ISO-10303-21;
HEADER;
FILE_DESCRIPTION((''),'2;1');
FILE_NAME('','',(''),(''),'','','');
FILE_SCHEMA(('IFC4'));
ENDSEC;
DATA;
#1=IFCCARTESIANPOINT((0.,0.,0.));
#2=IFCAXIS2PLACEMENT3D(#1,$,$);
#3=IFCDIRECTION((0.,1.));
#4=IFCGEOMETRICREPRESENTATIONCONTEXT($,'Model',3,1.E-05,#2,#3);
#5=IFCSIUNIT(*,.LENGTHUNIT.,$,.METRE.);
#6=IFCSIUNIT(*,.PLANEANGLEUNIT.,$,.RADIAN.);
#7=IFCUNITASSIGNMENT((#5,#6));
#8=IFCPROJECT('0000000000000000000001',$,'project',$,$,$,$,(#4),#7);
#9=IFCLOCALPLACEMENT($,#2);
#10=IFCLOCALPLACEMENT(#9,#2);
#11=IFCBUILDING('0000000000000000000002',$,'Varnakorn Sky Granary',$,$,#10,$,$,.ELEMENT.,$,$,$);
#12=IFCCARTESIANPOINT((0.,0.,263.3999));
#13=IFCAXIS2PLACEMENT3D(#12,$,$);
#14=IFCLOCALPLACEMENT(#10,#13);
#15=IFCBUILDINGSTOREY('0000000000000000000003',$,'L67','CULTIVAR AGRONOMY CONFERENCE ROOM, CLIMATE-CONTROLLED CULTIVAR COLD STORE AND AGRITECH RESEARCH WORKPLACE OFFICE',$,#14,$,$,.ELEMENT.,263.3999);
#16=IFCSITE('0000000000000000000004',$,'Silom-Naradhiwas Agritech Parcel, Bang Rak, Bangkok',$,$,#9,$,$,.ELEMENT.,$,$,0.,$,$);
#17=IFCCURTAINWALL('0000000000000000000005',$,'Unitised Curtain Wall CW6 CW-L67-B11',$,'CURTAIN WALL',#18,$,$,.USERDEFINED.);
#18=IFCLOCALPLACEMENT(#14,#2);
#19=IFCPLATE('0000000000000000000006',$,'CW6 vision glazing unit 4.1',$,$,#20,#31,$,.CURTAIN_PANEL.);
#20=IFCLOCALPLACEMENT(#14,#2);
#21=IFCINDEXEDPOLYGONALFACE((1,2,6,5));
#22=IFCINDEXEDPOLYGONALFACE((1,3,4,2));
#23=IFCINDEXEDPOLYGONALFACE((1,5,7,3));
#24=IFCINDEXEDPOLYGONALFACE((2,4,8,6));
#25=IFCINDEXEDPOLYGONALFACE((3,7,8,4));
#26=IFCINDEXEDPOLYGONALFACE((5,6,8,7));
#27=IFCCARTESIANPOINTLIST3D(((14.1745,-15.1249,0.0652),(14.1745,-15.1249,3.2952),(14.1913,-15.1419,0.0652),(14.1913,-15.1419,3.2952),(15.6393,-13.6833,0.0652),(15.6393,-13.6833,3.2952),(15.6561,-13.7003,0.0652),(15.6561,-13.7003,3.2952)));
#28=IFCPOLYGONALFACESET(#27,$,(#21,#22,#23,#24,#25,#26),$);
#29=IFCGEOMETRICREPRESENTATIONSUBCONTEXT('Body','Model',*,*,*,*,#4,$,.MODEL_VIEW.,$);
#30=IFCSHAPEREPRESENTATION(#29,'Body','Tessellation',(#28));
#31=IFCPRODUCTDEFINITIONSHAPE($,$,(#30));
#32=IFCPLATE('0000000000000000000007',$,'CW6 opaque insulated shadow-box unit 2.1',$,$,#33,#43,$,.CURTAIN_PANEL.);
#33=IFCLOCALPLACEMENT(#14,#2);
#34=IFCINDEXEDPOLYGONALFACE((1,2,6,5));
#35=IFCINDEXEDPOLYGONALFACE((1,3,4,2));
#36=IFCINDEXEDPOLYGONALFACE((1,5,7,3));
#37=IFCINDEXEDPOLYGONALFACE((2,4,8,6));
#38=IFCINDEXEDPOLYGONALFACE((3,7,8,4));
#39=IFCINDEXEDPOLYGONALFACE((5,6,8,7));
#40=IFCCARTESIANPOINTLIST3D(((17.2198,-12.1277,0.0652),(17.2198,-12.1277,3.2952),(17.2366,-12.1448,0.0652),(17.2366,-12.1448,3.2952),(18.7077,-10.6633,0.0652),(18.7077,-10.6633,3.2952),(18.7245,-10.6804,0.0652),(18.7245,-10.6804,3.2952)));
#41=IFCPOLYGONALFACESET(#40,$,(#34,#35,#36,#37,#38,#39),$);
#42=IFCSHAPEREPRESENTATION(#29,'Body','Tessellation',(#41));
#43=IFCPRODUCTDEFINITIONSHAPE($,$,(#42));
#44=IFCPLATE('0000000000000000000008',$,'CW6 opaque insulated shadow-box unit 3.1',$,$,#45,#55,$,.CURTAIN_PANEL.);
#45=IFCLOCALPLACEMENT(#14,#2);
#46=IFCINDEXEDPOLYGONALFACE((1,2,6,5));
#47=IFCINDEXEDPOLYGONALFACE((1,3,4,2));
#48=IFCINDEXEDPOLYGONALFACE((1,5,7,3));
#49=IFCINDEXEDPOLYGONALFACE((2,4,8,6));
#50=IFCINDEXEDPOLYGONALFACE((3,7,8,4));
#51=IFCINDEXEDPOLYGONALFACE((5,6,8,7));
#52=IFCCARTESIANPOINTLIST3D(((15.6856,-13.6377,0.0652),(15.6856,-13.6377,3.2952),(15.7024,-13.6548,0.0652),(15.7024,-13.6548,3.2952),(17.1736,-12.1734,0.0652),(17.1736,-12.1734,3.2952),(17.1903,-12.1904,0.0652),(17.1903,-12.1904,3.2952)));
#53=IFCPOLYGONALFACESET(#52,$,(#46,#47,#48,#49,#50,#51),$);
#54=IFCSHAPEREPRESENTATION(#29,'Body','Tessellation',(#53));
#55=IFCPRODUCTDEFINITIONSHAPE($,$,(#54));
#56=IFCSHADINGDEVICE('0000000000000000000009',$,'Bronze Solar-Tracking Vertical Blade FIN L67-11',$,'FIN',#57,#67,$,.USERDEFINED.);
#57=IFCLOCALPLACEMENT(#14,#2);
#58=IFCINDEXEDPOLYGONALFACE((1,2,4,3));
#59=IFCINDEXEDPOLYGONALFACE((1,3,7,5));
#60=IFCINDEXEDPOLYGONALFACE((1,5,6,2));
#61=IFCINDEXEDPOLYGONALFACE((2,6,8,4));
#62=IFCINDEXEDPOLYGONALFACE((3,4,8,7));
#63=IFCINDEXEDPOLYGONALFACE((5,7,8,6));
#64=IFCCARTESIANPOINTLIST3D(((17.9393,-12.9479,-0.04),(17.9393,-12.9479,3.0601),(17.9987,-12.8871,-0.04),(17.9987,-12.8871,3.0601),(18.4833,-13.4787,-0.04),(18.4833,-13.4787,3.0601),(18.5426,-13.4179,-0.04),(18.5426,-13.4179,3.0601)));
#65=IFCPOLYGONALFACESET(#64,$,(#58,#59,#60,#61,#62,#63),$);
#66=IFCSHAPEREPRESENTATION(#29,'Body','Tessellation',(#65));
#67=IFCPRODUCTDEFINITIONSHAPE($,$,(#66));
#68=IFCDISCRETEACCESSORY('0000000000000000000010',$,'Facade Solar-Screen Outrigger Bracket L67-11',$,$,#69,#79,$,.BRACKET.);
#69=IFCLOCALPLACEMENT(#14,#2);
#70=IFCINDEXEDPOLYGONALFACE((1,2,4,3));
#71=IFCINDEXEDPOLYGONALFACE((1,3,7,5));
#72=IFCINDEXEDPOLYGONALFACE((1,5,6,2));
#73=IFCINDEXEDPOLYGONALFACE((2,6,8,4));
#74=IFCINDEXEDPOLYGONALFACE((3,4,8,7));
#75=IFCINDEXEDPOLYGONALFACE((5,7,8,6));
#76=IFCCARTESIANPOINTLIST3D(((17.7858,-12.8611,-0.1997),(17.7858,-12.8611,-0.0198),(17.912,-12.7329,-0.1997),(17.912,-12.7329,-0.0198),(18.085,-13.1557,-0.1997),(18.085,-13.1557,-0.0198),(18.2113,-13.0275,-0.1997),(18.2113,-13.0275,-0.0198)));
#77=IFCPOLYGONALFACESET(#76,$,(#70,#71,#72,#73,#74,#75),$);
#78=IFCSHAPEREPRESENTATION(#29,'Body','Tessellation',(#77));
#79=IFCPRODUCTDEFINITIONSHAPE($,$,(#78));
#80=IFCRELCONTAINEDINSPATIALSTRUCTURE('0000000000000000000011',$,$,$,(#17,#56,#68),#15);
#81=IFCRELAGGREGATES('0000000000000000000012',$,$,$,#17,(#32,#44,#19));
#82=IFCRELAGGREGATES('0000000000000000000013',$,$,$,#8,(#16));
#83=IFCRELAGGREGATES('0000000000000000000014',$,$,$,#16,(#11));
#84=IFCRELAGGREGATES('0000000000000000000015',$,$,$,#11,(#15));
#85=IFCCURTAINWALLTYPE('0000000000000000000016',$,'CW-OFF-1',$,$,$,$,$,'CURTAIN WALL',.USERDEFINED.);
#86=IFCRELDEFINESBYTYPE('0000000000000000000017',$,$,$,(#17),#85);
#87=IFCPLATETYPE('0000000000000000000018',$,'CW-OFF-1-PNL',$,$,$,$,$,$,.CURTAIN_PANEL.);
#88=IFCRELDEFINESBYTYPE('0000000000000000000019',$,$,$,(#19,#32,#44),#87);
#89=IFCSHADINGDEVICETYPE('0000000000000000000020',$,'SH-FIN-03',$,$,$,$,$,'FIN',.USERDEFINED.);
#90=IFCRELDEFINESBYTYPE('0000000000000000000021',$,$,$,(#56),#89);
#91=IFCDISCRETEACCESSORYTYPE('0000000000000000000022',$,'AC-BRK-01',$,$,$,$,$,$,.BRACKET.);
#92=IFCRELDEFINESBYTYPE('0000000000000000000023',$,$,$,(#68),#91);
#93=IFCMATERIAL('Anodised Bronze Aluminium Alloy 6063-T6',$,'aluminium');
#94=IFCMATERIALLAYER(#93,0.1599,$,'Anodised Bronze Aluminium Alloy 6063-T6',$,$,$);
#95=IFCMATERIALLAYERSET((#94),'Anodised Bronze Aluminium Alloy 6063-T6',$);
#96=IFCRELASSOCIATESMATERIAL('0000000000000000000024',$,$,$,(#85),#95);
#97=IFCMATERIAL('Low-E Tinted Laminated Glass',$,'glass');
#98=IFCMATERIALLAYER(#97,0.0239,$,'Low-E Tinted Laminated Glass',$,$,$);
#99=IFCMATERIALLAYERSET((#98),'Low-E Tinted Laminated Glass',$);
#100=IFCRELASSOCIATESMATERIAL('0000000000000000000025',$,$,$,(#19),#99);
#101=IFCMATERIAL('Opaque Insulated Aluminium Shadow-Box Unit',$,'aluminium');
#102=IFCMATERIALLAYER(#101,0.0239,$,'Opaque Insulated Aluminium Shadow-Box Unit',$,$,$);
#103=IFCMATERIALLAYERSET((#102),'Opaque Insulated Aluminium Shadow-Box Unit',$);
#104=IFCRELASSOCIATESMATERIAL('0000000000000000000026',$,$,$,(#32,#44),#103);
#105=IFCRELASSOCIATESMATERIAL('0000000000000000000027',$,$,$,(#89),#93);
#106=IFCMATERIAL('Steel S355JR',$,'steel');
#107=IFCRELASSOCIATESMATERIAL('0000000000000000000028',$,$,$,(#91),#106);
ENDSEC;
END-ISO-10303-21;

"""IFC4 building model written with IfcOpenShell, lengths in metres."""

from ifc_helpers import new_model, si_unit, direction, frame, origin, origin_2d, place, context, subcontext, project, spatial, rectangle, extrude, source, transform, mapped, material, layer, layer_set, type_object, type_shapes, element, aggregate, save


model = new_model("IFC4")

# Units and contexts
model_context = context("Model", 3, precision=1e-05, world=origin(), true_north=direction((0.0, 1.0)))
body_context = subcontext(model_context, "Body", "Model", "MODEL_VIEW")
ifc_project = project(units=[si_unit("LENGTHUNIT", "METRE"), si_unit("PLANEANGLEUNIT", "RADIAN")], contexts=[model_context])

# Site, building, storey
site_placement = place(None, origin())
site = spatial("IfcSite", under=ifc_project, at=site_placement, Name="Silom-Naradhiwas Agritech Parcel, Bang Rak, Bangkok", CompositionType="ELEMENT", RefElevation=0.0)
building_placement = place(site_placement, origin())
building = spatial("IfcBuilding", under=site, at=building_placement, Name="Varnakorn Sky Granary", CompositionType="ELEMENT")
storey_placement = place(building_placement, frame((0.0, 0.0, 263.3999)))
storey = spatial("IfcBuildingStorey", under=building, at=storey_placement, Name="L67", Description="CULTIVAR AGRONOMY CONFERENCE ROOM, CLIMATE-CONTROLLED CULTIVAR COLD STORE AND AGRITECH RESEARCH WORKPLACE OFFICE", CompositionType="ELEMENT", Elevation=263.3999)

# Shared definitions
ifc_material_1 = material(Name="Steel S355JR", Category="steel")

# Shared definitions
ifc_material_2 = material(Name="Anodised Bronze Aluminium Alloy 6063-T6", Category="aluminium")
ifc_layer_1 = layer(ifc_material_2, 0.1599, Name="Anodised Bronze Aluminium Alloy 6063-T6")
ifc_layer_set_1 = layer_set([ifc_layer_1], Name="Anodised Bronze Aluminium Alloy 6063-T6")
curtain_wall_type = type_object("IfcCurtainWallType", Name="CW-OFF-1", ElementType="CURTAIN WALL", PredefinedType="USERDEFINED", material=ifc_layer_set_1)

# Curtain wall
curtain_wall_1_placement = place(storey_placement, origin())
curtain_wall_1 = element("IfcCurtainWall", 1, at=curtain_wall_1_placement, inside=storey, type_object=curtain_wall_type, Name="Unitised Curtain Wall CW6 CW-L67-B11", ObjectType="CURTAIN WALL", PredefinedType="USERDEFINED")

# Plates
ifc_material_3 = material(Name="Low-E Tinted Laminated Glass", Category="glass")
ifc_layer_2 = layer(ifc_material_3, 0.0239, Name="Low-E Tinted Laminated Glass")
ifc_layer_set_2 = layer_set([ifc_layer_2], Name="Low-E Tinted Laminated Glass")
plate_type = type_object("IfcPlateType", Name="CW-OFF-1-PNL", PredefinedType="CURTAIN_PANEL")
shared_shape_1 = source(origin(), body_context, "Body", "SweptSolid", [
    extrude(rectangle(XDim=2.0552, YDim=0.0239, at=origin_2d()), origin(), (0.0, 0.0, 1.0), 3.23),
])
plate_1_placement = place(storey_placement, frame((14.9153, -14.4126, 0.0652), z_axis=(0.0, 0.0, 1.0), x_axis=(-0.712728, -0.70144, 0.0)))
plate_1 = element("IfcPlate", 2, at=plate_1_placement, type_object=plate_type, material=ifc_layer_set_2, Name="CW6 vision glazing unit 4.1", PredefinedType="CURTAIN_PANEL", context=body_context, shape_type="MappedRepresentation", body=[
    mapped(shared_shape_1, transform((0.0, 0.0, 0.0), x_axis=(1.0, 0.0, 0.0), y_axis=(0.0, 1.0, 0.0), z_axis=(0.0, 0.0, 1.0), scale=1.0)),
])
ifc_material_4 = material(Name="Opaque Insulated Aluminium Shadow-Box Unit", Category="aluminium")
ifc_layer_3 = layer(ifc_material_4, 0.0239, Name="Opaque Insulated Aluminium Shadow-Box Unit")
ifc_layer_set_3 = layer_set([ifc_layer_3], Name="Opaque Insulated Aluminium Shadow-Box Unit")
shared_shape_2 = source(origin(), body_context, "Body", "SweptSolid", [
    extrude(rectangle(XDim=2.0876, YDim=0.0239, at=origin_2d()), origin(), (0.0, 0.0, 1.0), 3.23),
])
type_shapes(plate_type, [shared_shape_1, shared_shape_2])
plate_2_placement = place(storey_placement, frame((17.9722, -11.4041, 0.0652), z_axis=(0.0, 0.0, 1.0), x_axis=(-0.712728, -0.70144, 0.0)))
plate_2 = element("IfcPlate", 3, at=plate_2_placement, type_object=plate_type, material=ifc_layer_set_3, Name="CW6 opaque insulated shadow-box unit 2.1", PredefinedType="CURTAIN_PANEL", context=body_context, shape_type="MappedRepresentation", body=[
    mapped(shared_shape_2, transform((0.0, 0.0, 0.0), x_axis=(1.0, 0.0, 0.0), y_axis=(0.0, 1.0, 0.0), z_axis=(0.0, 0.0, 1.0), scale=1.0)),
])
plate_3_placement = place(storey_placement, frame((16.438, -12.9141, 0.0652), z_axis=(0.0, 0.0, 1.0), x_axis=(-0.712728, -0.70144, 0.0)))
plate_3 = element("IfcPlate", 4, at=plate_3_placement, type_object=plate_type, material=ifc_layer_set_3, Name="CW6 opaque insulated shadow-box unit 3.1", PredefinedType="CURTAIN_PANEL", context=body_context, shape_type="MappedRepresentation", body=[
    mapped(shared_shape_2, transform((0.0, 0.0, 0.0), x_axis=(1.0, 0.0, 0.0), y_axis=(0.0, 1.0, 0.0), z_axis=(0.0, 0.0, 1.0), scale=1.0)),
])
aggregate(curtain_wall_1, [plate_2, plate_3, plate_1])

# Shading device
shading_device_type = type_object("IfcShadingDeviceType", Name="SH-FIN-03", ElementType="FIN", PredefinedType="USERDEFINED", material=ifc_material_2)
shared_shape_3 = source(origin(), body_context, "Body", "SweptSolid", [
    extrude(rectangle(XDim=0.085, YDim=0.76, at=origin_2d()), origin(), (0.0, 0.0, 1.0), 3.1001),
])
type_shapes(shading_device_type, [shared_shape_3])
shading_device_placement = place(storey_placement, frame((18.241, -13.1829, -0.04), z_axis=(0.0, 0.0, 1.0), x_axis=(0.698429, 0.715679, 0.0)))
element("IfcShadingDevice", 5, at=shading_device_placement, inside=storey, type_object=shading_device_type, Name="Bronze Solar-Tracking Vertical Blade FIN L67-11", ObjectType="FIN", PredefinedType="USERDEFINED", context=body_context, shape_type="MappedRepresentation", body=[
    mapped(shared_shape_3, transform((0.0, 0.0, 0.0), x_axis=(1.0, 0.0, 0.0), y_axis=(0.0, 1.0, 0.0), z_axis=(0.0, 0.0, 1.0), scale=1.0)),
])

# Discrete accessory
discrete_accessory_type = type_object("IfcDiscreteAccessoryType", Name="AC-BRK-01", PredefinedType="BRACKET", material=ifc_material_1)
shared_shape_4 = source(origin(), body_context, "Body", "SweptSolid", [
    extrude(rectangle(XDim=0.1799, YDim=0.4199, at=origin_2d()), origin(), (0.0, 0.0, 1.0), 0.1799),
])
type_shapes(discrete_accessory_type, [shared_shape_4])
discrete_accessory_placement = place(storey_placement, frame((17.9985, -12.9443, -0.1997), z_axis=(0.0, 0.0, 1.0), x_axis=(0.701551, 0.712619, 0.0)))
element("IfcDiscreteAccessory", 6, at=discrete_accessory_placement, inside=storey, type_object=discrete_accessory_type, Name="Facade Solar-Screen Outrigger Bracket L67-11", PredefinedType="BRACKET", context=body_context, shape_type="MappedRepresentation", body=[
    mapped(shared_shape_4, transform((0.0, 0.0, 0.0), x_axis=(1.0, 0.0, 0.0), y_axis=(0.0, 1.0, 0.0), z_axis=(0.0, 0.0, 1.0), scale=1.0)),
])

save(model, "model.ifc")
